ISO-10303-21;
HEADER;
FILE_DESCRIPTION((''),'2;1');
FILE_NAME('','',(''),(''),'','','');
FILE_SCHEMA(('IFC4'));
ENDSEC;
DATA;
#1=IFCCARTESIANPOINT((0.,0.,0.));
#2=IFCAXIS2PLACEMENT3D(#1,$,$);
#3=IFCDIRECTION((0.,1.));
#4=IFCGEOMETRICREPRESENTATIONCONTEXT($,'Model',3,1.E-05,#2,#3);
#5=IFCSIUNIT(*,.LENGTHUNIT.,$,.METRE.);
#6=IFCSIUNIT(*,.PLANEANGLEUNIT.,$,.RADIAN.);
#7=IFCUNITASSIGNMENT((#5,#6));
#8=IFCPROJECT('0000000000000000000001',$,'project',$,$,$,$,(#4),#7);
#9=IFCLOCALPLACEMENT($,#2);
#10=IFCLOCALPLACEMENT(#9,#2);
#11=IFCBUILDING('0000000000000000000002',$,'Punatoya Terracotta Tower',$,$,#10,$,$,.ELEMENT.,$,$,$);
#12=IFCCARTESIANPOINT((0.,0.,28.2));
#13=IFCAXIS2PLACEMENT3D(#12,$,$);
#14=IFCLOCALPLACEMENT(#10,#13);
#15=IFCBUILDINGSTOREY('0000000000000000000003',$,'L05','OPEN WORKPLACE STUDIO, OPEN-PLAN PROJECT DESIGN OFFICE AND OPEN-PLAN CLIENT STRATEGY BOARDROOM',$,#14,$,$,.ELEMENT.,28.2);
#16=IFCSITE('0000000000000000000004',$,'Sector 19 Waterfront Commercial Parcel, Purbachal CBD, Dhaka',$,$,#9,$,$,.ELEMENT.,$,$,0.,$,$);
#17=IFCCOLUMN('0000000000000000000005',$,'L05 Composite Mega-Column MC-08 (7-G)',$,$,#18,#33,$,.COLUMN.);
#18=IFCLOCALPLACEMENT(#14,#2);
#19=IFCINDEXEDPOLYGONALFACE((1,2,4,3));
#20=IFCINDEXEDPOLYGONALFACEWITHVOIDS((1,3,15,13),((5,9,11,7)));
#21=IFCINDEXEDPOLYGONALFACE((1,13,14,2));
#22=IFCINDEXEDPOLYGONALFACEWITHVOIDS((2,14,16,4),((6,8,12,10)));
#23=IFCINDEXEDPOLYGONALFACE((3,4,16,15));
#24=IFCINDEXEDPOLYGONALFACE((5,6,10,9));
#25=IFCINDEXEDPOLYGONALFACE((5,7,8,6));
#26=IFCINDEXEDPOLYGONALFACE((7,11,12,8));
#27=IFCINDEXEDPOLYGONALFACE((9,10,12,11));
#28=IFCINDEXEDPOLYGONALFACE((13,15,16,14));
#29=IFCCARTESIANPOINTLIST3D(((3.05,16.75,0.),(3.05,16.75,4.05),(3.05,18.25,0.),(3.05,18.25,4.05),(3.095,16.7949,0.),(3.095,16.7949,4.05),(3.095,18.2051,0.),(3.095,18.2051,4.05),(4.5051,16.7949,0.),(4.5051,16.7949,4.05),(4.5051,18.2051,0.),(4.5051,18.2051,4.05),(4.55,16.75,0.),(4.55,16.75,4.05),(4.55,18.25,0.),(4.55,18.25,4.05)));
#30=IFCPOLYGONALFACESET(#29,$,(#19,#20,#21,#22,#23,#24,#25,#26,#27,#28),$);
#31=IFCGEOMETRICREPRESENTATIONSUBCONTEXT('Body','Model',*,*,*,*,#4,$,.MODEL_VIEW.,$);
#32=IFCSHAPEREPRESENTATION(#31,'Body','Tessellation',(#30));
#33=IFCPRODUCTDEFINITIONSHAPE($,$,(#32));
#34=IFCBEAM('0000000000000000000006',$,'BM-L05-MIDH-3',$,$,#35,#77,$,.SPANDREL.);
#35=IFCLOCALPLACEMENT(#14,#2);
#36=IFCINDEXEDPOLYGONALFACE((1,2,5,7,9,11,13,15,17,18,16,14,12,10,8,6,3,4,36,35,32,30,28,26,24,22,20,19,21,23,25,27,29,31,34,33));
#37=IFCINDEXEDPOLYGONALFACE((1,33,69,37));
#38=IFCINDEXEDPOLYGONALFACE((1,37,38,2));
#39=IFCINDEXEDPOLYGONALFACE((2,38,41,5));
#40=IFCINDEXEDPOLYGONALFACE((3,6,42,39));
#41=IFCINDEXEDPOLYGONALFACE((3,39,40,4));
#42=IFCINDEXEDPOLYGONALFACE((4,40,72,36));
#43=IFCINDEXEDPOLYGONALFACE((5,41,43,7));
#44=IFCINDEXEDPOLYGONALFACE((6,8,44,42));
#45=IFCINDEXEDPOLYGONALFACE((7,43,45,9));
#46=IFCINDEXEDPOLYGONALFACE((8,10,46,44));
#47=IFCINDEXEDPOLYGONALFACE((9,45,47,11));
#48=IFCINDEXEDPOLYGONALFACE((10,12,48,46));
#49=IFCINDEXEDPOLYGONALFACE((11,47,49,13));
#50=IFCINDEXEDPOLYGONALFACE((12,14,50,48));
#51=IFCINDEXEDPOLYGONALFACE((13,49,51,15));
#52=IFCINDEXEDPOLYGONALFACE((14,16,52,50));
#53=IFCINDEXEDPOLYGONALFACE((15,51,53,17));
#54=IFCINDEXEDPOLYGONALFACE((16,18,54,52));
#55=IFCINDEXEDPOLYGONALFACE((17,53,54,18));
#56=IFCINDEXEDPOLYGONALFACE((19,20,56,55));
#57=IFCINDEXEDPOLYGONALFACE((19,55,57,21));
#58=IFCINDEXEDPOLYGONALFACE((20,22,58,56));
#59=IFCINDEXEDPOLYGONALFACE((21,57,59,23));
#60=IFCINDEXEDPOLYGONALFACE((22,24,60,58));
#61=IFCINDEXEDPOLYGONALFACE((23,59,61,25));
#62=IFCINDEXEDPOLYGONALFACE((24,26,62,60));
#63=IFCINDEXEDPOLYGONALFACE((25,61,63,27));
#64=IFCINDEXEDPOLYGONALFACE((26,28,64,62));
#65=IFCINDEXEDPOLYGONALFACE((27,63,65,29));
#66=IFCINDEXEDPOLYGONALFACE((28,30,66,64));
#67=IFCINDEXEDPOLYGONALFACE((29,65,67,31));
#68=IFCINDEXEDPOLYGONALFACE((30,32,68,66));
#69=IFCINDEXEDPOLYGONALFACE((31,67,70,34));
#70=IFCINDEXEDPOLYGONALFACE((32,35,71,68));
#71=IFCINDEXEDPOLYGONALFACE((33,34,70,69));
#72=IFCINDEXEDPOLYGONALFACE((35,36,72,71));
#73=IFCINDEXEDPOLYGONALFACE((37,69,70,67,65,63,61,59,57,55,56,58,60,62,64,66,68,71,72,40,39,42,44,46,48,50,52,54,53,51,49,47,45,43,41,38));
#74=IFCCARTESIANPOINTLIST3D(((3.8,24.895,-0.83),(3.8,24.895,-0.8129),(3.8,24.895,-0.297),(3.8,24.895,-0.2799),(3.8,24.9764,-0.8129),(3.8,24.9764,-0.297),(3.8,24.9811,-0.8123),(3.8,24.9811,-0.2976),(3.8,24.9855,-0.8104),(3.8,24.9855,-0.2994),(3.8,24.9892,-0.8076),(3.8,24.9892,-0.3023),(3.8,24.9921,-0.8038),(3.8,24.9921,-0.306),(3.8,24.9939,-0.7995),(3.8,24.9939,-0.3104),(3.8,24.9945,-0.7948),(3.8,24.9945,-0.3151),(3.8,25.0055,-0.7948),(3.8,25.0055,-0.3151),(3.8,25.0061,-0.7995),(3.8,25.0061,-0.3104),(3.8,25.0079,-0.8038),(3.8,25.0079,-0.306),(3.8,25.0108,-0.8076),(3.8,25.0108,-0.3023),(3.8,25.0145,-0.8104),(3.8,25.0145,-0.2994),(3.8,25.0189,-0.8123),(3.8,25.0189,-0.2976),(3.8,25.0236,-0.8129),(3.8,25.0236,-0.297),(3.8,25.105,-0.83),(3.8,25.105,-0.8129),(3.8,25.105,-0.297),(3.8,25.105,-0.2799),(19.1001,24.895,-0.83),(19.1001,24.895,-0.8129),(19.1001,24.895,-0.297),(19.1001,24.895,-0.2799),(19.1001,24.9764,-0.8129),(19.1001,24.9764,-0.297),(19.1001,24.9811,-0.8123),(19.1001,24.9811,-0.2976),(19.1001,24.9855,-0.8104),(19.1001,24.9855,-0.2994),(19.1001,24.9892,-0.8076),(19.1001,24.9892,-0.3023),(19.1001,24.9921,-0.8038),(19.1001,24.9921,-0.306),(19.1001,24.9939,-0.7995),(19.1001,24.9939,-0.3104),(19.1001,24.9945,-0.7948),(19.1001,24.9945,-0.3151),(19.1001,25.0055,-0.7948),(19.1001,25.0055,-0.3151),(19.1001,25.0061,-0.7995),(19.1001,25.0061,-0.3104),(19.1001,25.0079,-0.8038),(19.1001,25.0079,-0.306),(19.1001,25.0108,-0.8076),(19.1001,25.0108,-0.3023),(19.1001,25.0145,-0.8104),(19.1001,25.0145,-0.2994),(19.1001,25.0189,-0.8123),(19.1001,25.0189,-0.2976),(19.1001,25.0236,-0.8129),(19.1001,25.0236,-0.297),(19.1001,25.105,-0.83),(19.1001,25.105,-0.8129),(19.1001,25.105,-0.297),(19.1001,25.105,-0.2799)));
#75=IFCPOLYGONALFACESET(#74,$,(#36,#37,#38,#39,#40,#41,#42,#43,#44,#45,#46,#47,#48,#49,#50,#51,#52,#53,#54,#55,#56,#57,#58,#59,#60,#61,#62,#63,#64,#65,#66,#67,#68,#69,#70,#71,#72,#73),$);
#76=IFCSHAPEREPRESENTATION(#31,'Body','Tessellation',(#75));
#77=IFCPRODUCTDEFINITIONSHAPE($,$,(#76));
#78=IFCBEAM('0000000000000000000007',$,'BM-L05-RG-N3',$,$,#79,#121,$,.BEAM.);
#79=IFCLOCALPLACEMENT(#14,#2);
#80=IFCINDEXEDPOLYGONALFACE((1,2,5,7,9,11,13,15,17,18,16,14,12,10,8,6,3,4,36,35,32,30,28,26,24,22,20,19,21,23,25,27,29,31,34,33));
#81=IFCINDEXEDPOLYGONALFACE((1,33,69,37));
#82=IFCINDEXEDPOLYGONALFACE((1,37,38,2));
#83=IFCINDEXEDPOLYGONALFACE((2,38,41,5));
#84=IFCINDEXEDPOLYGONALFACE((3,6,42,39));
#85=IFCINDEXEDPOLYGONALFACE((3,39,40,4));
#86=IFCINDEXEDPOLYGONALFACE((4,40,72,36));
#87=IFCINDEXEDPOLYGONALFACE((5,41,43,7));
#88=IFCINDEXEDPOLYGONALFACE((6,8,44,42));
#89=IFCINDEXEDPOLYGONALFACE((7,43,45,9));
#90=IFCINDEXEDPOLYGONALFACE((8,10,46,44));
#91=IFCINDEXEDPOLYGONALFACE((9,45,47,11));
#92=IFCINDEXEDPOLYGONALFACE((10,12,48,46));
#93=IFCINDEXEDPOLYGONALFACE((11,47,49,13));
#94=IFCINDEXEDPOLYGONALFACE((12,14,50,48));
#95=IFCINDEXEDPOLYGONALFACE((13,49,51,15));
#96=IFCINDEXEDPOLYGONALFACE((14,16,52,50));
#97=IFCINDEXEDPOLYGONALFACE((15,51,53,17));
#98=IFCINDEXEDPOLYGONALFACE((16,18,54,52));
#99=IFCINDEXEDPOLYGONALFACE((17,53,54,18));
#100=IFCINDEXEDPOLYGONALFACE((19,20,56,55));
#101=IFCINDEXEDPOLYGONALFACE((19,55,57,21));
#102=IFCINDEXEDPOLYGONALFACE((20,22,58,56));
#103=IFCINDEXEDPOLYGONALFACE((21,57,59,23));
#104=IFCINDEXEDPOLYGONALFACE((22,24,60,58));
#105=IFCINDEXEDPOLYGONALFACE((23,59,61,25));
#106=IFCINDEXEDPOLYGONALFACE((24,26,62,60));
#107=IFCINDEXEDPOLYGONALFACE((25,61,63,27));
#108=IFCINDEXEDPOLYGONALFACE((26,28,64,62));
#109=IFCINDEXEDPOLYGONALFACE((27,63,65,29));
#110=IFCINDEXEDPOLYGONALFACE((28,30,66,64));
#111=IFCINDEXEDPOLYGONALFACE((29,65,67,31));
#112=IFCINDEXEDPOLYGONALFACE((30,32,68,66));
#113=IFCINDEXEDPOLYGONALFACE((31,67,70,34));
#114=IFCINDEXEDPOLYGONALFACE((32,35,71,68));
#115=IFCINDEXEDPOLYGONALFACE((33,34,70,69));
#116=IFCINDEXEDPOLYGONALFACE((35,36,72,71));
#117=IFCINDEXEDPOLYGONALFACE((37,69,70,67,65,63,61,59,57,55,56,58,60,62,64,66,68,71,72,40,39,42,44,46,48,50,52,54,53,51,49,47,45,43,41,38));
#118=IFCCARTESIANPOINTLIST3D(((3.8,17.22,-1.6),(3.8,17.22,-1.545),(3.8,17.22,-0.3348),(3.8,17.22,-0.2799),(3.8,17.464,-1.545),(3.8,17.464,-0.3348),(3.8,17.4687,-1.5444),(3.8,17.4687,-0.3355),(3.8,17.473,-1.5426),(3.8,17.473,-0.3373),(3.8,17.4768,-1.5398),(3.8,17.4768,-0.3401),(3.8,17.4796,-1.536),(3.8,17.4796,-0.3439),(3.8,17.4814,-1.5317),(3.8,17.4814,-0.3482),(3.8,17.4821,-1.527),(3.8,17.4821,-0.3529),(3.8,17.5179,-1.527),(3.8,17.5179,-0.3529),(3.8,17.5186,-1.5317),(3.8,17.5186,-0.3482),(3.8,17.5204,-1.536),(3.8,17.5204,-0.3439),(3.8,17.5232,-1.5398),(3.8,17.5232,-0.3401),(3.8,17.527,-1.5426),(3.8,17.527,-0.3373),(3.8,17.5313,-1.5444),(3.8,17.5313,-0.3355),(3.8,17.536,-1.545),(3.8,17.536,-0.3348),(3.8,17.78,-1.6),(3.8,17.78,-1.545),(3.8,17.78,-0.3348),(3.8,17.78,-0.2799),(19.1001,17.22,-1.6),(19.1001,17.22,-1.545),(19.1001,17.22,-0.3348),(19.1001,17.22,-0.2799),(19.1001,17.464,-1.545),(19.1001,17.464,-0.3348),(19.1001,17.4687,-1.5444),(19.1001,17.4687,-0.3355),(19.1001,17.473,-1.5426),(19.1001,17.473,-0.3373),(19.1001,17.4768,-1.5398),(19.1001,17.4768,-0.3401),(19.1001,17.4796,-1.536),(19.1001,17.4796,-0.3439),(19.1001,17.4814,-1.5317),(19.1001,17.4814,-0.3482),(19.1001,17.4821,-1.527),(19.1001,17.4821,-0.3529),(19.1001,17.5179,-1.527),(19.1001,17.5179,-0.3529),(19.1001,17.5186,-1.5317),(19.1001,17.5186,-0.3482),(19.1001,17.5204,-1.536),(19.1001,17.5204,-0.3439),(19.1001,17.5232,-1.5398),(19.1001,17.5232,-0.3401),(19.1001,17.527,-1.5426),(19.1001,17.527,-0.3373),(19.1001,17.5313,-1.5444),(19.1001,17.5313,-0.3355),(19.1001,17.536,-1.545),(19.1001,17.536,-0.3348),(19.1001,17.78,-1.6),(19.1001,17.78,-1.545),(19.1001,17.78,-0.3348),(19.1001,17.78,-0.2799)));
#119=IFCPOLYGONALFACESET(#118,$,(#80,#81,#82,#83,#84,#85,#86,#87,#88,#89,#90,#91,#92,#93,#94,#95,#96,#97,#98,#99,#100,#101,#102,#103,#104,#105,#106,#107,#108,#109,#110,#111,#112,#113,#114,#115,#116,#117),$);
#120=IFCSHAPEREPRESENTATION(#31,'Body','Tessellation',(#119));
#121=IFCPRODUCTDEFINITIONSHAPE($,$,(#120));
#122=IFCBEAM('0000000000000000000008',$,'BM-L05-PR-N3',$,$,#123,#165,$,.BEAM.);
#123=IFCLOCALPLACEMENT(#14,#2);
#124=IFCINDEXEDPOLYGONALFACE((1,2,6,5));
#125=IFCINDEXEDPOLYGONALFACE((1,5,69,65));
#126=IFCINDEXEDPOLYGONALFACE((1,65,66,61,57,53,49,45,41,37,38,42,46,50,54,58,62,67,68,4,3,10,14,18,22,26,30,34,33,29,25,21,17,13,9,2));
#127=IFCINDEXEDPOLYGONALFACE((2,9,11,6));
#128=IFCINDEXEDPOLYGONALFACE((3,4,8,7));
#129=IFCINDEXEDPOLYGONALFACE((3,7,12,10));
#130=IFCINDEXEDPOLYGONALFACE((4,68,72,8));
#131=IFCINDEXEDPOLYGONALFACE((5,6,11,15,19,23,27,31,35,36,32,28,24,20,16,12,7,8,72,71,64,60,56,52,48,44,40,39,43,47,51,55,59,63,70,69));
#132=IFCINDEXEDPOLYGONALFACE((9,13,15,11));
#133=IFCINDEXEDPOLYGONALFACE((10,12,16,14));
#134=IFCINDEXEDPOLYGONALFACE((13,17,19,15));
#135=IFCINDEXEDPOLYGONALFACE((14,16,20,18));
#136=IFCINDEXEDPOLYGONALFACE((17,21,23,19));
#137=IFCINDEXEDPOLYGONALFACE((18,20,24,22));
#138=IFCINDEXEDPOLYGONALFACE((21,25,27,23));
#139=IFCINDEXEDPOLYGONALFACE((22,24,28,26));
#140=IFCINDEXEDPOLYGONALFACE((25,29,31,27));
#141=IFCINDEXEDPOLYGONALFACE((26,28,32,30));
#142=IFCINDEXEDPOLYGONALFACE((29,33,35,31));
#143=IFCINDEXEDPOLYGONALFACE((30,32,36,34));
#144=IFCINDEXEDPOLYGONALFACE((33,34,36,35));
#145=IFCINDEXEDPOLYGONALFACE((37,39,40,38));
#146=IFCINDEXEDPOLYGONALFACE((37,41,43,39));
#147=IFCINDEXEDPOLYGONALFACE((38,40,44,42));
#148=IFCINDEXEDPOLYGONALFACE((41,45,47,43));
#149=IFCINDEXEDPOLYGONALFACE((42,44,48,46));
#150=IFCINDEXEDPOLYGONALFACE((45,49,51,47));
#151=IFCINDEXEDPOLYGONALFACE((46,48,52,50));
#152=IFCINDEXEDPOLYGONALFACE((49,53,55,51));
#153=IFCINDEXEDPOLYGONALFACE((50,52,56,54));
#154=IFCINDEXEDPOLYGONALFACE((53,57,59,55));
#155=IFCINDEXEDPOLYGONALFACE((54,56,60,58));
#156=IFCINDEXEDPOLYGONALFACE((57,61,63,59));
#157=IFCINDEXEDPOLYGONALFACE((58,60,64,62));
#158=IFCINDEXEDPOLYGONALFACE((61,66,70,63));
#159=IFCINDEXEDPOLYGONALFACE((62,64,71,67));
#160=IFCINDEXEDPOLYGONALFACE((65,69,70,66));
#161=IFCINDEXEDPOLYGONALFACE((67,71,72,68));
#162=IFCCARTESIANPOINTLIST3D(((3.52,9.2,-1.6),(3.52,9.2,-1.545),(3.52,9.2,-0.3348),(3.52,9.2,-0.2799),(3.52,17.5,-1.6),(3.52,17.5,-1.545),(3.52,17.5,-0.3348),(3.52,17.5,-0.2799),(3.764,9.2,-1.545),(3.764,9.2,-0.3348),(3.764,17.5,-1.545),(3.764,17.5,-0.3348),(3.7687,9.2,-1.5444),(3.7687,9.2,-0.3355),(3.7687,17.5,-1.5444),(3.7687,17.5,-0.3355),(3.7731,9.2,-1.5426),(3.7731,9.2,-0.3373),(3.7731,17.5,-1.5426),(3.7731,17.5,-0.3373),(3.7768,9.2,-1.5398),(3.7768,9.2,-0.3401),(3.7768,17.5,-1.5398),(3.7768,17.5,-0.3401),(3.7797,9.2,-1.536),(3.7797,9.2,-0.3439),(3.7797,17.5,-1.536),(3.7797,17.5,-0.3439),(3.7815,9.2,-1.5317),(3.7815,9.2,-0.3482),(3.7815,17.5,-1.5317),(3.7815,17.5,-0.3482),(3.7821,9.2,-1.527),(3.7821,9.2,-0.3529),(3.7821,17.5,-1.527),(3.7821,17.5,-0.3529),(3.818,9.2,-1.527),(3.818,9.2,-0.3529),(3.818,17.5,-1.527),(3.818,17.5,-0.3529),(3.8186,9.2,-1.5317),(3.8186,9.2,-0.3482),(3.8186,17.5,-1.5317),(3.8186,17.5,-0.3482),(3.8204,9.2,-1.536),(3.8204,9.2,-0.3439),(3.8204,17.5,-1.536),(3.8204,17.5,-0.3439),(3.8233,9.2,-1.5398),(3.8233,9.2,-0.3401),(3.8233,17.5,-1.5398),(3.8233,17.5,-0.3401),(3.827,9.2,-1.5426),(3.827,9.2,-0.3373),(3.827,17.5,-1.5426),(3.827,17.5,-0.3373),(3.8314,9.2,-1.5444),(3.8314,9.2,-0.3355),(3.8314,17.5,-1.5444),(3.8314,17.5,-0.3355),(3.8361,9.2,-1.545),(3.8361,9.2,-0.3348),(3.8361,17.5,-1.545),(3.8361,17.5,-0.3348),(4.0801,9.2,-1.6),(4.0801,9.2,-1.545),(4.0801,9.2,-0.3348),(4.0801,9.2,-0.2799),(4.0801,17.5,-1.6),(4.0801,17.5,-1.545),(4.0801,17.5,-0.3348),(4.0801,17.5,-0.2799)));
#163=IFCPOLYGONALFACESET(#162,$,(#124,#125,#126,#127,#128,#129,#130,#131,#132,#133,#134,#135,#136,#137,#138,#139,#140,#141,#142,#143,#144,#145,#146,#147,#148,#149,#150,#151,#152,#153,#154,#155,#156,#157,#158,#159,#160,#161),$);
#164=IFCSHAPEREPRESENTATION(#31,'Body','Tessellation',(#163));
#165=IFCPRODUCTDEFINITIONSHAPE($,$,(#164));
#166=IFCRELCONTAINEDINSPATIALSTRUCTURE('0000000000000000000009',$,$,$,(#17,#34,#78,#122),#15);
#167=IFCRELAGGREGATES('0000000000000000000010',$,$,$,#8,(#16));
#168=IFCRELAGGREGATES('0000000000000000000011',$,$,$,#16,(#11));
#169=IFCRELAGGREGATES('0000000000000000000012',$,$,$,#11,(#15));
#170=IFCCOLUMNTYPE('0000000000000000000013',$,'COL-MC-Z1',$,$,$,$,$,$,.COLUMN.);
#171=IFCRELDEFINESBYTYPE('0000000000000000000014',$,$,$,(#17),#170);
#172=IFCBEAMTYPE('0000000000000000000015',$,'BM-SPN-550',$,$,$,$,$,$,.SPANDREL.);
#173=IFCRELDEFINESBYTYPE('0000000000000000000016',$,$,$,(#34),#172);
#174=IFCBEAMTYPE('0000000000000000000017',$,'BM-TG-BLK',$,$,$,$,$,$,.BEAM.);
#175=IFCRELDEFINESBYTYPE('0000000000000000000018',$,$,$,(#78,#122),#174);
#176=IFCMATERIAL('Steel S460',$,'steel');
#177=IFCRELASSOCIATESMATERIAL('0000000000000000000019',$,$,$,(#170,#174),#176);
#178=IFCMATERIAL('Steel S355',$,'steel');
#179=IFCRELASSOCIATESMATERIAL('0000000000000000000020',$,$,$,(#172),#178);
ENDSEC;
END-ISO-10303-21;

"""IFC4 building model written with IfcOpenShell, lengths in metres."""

from ifc_helpers import new_model, si_unit, direction, frame, origin, origin_2d, place, context, subcontext, project, spatial, hollow_rectangle, i_section, extrude, material, material_profile, profile_set, type_object, element, save


model = new_model("IFC4")

# Units and contexts
model_context = context("Model", 3, precision=1e-05, world=origin(), true_north=direction((0.0, 1.0)))
body_context = subcontext(model_context, "Body", "Model", "MODEL_VIEW")
ifc_project = project(units=[si_unit("LENGTHUNIT", "METRE"), si_unit("PLANEANGLEUNIT", "RADIAN")], contexts=[model_context])

# Site, building, storey
site_placement = place(None, origin())
site = spatial("IfcSite", under=ifc_project, at=site_placement, Name="Sector 19 Waterfront Commercial Parcel, Purbachal CBD, Dhaka", CompositionType="ELEMENT", RefElevation=0.0)
building_placement = place(site_placement, origin())
building = spatial("IfcBuilding", under=site, at=building_placement, Name="Punatoya Terracotta Tower", CompositionType="ELEMENT")
storey_placement = place(building_placement, frame((0.0, 0.0, 28.2)))
storey = spatial("IfcBuildingStorey", under=building, at=storey_placement, Name="L05", Description="OPEN WORKPLACE STUDIO, OPEN-PLAN PROJECT DESIGN OFFICE AND OPEN-PLAN CLIENT STRATEGY BOARDROOM", CompositionType="ELEMENT", Elevation=28.2)

# Column
ifc_material_1 = material(Name="Steel S460", Category="steel")
ifc_material_profile_1 = material_profile(ifc_material_1, hollow_rectangle(XDim=1.5, YDim=1.5, WallThickness=0.0449, at=origin_2d()))
ifc_profile_set_1 = profile_set([ifc_material_profile_1], Name="Steel S460")
column_type = type_object("IfcColumnType", Name="COL-MC-Z1", PredefinedType="COLUMN", material=ifc_profile_set_1)
column_placement = place(storey_placement, frame((3.8, 17.5, 0.0), z_axis=(0.0, 0.0, 1.0), x_axis=(1.0, 0.0, 0.0)))
element("IfcColumn", 1, at=column_placement, inside=storey, type_object=column_type, Name="L05 Composite Mega-Column MC-08 (7-G)", PredefinedType="COLUMN", context=body_context, shape_type="SweptSolid", body=[
    extrude(hollow_rectangle(XDim=1.5, YDim=1.5, WallThickness=0.0449, at=origin_2d()), origin(), (0.0, 0.0, 1.0), 4.05),
])

# Beams
ifc_material_2 = material(Name="Steel S355", Category="steel")
ifc_material_profile_2 = material_profile(ifc_material_2, i_section(OverallWidth=0.21, OverallDepth=0.55, WebThickness=0.011, FlangeThickness=0.0171, FilletRadius=0.0181, at=origin_2d()))
ifc_profile_set_2 = profile_set([ifc_material_profile_2], Name="Steel S355")
beam_type_1 = type_object("IfcBeamType", Name="BM-SPN-550", PredefinedType="SPANDREL", material=ifc_profile_set_2)
beam_1_placement = place(storey_placement, frame((3.8, 25.0, -0.5549), z_axis=(1.0, 0.0, 0.0), x_axis=(0.0, 1.0, 0.0)))
element("IfcBeam", 2, at=beam_1_placement, inside=storey, type_object=beam_type_1, Name="BM-L05-MIDH-3", PredefinedType="SPANDREL", context=body_context, shape_type="SweptSolid", body=[
    extrude(i_section(OverallWidth=0.21, OverallDepth=0.55, WebThickness=0.011, FlangeThickness=0.0171, FilletRadius=0.0181, at=origin_2d()), origin(), (0.0, 0.0, 1.0), 15.3),
])
ifc_material_profile_3 = material_profile(ifc_material_1, i_section(OverallWidth=0.5601, OverallDepth=1.3201, WebThickness=0.0359, FlangeThickness=0.0549, FilletRadius=0.0181, at=origin_2d()))
ifc_profile_set_3 = profile_set([ifc_material_profile_3], Name="Steel S460")
beam_type_2 = type_object("IfcBeamType", Name="BM-TG-BLK", PredefinedType="BEAM", material=ifc_profile_set_3)
beam_2_placement = place(storey_placement, frame((3.8, 17.5, -0.9399), z_axis=(1.0, 0.0, 0.0), x_axis=(0.0, 1.0, 0.0)))
element("IfcBeam", 3, at=beam_2_placement, inside=storey, type_object=beam_type_2, Name="BM-L05-RG-N3", PredefinedType="BEAM", context=body_context, shape_type="SweptSolid", body=[
    extrude(i_section(OverallWidth=0.5601, OverallDepth=1.3201, WebThickness=0.0359, FlangeThickness=0.0549, FilletRadius=0.0181, at=origin_2d()), origin(), (0.0, 0.0, 1.0), 15.3),
])
beam_3_placement = place(storey_placement, frame((3.8, 9.2, -0.9399), z_axis=(0.0, 1.0, 0.0), x_axis=(-1.0, 0.0, 0.0)))
element("IfcBeam", 4, at=beam_3_placement, inside=storey, type_object=beam_type_2, Name="BM-L05-PR-N3", PredefinedType="BEAM", context=body_context, shape_type="SweptSolid", body=[
    extrude(i_section(OverallWidth=0.5601, OverallDepth=1.3201, WebThickness=0.0359, FlangeThickness=0.0549, FilletRadius=0.0181, at=origin_2d()), origin(), (0.0, 0.0, 1.0), 8.3),
])

save(model, "model.ifc")
